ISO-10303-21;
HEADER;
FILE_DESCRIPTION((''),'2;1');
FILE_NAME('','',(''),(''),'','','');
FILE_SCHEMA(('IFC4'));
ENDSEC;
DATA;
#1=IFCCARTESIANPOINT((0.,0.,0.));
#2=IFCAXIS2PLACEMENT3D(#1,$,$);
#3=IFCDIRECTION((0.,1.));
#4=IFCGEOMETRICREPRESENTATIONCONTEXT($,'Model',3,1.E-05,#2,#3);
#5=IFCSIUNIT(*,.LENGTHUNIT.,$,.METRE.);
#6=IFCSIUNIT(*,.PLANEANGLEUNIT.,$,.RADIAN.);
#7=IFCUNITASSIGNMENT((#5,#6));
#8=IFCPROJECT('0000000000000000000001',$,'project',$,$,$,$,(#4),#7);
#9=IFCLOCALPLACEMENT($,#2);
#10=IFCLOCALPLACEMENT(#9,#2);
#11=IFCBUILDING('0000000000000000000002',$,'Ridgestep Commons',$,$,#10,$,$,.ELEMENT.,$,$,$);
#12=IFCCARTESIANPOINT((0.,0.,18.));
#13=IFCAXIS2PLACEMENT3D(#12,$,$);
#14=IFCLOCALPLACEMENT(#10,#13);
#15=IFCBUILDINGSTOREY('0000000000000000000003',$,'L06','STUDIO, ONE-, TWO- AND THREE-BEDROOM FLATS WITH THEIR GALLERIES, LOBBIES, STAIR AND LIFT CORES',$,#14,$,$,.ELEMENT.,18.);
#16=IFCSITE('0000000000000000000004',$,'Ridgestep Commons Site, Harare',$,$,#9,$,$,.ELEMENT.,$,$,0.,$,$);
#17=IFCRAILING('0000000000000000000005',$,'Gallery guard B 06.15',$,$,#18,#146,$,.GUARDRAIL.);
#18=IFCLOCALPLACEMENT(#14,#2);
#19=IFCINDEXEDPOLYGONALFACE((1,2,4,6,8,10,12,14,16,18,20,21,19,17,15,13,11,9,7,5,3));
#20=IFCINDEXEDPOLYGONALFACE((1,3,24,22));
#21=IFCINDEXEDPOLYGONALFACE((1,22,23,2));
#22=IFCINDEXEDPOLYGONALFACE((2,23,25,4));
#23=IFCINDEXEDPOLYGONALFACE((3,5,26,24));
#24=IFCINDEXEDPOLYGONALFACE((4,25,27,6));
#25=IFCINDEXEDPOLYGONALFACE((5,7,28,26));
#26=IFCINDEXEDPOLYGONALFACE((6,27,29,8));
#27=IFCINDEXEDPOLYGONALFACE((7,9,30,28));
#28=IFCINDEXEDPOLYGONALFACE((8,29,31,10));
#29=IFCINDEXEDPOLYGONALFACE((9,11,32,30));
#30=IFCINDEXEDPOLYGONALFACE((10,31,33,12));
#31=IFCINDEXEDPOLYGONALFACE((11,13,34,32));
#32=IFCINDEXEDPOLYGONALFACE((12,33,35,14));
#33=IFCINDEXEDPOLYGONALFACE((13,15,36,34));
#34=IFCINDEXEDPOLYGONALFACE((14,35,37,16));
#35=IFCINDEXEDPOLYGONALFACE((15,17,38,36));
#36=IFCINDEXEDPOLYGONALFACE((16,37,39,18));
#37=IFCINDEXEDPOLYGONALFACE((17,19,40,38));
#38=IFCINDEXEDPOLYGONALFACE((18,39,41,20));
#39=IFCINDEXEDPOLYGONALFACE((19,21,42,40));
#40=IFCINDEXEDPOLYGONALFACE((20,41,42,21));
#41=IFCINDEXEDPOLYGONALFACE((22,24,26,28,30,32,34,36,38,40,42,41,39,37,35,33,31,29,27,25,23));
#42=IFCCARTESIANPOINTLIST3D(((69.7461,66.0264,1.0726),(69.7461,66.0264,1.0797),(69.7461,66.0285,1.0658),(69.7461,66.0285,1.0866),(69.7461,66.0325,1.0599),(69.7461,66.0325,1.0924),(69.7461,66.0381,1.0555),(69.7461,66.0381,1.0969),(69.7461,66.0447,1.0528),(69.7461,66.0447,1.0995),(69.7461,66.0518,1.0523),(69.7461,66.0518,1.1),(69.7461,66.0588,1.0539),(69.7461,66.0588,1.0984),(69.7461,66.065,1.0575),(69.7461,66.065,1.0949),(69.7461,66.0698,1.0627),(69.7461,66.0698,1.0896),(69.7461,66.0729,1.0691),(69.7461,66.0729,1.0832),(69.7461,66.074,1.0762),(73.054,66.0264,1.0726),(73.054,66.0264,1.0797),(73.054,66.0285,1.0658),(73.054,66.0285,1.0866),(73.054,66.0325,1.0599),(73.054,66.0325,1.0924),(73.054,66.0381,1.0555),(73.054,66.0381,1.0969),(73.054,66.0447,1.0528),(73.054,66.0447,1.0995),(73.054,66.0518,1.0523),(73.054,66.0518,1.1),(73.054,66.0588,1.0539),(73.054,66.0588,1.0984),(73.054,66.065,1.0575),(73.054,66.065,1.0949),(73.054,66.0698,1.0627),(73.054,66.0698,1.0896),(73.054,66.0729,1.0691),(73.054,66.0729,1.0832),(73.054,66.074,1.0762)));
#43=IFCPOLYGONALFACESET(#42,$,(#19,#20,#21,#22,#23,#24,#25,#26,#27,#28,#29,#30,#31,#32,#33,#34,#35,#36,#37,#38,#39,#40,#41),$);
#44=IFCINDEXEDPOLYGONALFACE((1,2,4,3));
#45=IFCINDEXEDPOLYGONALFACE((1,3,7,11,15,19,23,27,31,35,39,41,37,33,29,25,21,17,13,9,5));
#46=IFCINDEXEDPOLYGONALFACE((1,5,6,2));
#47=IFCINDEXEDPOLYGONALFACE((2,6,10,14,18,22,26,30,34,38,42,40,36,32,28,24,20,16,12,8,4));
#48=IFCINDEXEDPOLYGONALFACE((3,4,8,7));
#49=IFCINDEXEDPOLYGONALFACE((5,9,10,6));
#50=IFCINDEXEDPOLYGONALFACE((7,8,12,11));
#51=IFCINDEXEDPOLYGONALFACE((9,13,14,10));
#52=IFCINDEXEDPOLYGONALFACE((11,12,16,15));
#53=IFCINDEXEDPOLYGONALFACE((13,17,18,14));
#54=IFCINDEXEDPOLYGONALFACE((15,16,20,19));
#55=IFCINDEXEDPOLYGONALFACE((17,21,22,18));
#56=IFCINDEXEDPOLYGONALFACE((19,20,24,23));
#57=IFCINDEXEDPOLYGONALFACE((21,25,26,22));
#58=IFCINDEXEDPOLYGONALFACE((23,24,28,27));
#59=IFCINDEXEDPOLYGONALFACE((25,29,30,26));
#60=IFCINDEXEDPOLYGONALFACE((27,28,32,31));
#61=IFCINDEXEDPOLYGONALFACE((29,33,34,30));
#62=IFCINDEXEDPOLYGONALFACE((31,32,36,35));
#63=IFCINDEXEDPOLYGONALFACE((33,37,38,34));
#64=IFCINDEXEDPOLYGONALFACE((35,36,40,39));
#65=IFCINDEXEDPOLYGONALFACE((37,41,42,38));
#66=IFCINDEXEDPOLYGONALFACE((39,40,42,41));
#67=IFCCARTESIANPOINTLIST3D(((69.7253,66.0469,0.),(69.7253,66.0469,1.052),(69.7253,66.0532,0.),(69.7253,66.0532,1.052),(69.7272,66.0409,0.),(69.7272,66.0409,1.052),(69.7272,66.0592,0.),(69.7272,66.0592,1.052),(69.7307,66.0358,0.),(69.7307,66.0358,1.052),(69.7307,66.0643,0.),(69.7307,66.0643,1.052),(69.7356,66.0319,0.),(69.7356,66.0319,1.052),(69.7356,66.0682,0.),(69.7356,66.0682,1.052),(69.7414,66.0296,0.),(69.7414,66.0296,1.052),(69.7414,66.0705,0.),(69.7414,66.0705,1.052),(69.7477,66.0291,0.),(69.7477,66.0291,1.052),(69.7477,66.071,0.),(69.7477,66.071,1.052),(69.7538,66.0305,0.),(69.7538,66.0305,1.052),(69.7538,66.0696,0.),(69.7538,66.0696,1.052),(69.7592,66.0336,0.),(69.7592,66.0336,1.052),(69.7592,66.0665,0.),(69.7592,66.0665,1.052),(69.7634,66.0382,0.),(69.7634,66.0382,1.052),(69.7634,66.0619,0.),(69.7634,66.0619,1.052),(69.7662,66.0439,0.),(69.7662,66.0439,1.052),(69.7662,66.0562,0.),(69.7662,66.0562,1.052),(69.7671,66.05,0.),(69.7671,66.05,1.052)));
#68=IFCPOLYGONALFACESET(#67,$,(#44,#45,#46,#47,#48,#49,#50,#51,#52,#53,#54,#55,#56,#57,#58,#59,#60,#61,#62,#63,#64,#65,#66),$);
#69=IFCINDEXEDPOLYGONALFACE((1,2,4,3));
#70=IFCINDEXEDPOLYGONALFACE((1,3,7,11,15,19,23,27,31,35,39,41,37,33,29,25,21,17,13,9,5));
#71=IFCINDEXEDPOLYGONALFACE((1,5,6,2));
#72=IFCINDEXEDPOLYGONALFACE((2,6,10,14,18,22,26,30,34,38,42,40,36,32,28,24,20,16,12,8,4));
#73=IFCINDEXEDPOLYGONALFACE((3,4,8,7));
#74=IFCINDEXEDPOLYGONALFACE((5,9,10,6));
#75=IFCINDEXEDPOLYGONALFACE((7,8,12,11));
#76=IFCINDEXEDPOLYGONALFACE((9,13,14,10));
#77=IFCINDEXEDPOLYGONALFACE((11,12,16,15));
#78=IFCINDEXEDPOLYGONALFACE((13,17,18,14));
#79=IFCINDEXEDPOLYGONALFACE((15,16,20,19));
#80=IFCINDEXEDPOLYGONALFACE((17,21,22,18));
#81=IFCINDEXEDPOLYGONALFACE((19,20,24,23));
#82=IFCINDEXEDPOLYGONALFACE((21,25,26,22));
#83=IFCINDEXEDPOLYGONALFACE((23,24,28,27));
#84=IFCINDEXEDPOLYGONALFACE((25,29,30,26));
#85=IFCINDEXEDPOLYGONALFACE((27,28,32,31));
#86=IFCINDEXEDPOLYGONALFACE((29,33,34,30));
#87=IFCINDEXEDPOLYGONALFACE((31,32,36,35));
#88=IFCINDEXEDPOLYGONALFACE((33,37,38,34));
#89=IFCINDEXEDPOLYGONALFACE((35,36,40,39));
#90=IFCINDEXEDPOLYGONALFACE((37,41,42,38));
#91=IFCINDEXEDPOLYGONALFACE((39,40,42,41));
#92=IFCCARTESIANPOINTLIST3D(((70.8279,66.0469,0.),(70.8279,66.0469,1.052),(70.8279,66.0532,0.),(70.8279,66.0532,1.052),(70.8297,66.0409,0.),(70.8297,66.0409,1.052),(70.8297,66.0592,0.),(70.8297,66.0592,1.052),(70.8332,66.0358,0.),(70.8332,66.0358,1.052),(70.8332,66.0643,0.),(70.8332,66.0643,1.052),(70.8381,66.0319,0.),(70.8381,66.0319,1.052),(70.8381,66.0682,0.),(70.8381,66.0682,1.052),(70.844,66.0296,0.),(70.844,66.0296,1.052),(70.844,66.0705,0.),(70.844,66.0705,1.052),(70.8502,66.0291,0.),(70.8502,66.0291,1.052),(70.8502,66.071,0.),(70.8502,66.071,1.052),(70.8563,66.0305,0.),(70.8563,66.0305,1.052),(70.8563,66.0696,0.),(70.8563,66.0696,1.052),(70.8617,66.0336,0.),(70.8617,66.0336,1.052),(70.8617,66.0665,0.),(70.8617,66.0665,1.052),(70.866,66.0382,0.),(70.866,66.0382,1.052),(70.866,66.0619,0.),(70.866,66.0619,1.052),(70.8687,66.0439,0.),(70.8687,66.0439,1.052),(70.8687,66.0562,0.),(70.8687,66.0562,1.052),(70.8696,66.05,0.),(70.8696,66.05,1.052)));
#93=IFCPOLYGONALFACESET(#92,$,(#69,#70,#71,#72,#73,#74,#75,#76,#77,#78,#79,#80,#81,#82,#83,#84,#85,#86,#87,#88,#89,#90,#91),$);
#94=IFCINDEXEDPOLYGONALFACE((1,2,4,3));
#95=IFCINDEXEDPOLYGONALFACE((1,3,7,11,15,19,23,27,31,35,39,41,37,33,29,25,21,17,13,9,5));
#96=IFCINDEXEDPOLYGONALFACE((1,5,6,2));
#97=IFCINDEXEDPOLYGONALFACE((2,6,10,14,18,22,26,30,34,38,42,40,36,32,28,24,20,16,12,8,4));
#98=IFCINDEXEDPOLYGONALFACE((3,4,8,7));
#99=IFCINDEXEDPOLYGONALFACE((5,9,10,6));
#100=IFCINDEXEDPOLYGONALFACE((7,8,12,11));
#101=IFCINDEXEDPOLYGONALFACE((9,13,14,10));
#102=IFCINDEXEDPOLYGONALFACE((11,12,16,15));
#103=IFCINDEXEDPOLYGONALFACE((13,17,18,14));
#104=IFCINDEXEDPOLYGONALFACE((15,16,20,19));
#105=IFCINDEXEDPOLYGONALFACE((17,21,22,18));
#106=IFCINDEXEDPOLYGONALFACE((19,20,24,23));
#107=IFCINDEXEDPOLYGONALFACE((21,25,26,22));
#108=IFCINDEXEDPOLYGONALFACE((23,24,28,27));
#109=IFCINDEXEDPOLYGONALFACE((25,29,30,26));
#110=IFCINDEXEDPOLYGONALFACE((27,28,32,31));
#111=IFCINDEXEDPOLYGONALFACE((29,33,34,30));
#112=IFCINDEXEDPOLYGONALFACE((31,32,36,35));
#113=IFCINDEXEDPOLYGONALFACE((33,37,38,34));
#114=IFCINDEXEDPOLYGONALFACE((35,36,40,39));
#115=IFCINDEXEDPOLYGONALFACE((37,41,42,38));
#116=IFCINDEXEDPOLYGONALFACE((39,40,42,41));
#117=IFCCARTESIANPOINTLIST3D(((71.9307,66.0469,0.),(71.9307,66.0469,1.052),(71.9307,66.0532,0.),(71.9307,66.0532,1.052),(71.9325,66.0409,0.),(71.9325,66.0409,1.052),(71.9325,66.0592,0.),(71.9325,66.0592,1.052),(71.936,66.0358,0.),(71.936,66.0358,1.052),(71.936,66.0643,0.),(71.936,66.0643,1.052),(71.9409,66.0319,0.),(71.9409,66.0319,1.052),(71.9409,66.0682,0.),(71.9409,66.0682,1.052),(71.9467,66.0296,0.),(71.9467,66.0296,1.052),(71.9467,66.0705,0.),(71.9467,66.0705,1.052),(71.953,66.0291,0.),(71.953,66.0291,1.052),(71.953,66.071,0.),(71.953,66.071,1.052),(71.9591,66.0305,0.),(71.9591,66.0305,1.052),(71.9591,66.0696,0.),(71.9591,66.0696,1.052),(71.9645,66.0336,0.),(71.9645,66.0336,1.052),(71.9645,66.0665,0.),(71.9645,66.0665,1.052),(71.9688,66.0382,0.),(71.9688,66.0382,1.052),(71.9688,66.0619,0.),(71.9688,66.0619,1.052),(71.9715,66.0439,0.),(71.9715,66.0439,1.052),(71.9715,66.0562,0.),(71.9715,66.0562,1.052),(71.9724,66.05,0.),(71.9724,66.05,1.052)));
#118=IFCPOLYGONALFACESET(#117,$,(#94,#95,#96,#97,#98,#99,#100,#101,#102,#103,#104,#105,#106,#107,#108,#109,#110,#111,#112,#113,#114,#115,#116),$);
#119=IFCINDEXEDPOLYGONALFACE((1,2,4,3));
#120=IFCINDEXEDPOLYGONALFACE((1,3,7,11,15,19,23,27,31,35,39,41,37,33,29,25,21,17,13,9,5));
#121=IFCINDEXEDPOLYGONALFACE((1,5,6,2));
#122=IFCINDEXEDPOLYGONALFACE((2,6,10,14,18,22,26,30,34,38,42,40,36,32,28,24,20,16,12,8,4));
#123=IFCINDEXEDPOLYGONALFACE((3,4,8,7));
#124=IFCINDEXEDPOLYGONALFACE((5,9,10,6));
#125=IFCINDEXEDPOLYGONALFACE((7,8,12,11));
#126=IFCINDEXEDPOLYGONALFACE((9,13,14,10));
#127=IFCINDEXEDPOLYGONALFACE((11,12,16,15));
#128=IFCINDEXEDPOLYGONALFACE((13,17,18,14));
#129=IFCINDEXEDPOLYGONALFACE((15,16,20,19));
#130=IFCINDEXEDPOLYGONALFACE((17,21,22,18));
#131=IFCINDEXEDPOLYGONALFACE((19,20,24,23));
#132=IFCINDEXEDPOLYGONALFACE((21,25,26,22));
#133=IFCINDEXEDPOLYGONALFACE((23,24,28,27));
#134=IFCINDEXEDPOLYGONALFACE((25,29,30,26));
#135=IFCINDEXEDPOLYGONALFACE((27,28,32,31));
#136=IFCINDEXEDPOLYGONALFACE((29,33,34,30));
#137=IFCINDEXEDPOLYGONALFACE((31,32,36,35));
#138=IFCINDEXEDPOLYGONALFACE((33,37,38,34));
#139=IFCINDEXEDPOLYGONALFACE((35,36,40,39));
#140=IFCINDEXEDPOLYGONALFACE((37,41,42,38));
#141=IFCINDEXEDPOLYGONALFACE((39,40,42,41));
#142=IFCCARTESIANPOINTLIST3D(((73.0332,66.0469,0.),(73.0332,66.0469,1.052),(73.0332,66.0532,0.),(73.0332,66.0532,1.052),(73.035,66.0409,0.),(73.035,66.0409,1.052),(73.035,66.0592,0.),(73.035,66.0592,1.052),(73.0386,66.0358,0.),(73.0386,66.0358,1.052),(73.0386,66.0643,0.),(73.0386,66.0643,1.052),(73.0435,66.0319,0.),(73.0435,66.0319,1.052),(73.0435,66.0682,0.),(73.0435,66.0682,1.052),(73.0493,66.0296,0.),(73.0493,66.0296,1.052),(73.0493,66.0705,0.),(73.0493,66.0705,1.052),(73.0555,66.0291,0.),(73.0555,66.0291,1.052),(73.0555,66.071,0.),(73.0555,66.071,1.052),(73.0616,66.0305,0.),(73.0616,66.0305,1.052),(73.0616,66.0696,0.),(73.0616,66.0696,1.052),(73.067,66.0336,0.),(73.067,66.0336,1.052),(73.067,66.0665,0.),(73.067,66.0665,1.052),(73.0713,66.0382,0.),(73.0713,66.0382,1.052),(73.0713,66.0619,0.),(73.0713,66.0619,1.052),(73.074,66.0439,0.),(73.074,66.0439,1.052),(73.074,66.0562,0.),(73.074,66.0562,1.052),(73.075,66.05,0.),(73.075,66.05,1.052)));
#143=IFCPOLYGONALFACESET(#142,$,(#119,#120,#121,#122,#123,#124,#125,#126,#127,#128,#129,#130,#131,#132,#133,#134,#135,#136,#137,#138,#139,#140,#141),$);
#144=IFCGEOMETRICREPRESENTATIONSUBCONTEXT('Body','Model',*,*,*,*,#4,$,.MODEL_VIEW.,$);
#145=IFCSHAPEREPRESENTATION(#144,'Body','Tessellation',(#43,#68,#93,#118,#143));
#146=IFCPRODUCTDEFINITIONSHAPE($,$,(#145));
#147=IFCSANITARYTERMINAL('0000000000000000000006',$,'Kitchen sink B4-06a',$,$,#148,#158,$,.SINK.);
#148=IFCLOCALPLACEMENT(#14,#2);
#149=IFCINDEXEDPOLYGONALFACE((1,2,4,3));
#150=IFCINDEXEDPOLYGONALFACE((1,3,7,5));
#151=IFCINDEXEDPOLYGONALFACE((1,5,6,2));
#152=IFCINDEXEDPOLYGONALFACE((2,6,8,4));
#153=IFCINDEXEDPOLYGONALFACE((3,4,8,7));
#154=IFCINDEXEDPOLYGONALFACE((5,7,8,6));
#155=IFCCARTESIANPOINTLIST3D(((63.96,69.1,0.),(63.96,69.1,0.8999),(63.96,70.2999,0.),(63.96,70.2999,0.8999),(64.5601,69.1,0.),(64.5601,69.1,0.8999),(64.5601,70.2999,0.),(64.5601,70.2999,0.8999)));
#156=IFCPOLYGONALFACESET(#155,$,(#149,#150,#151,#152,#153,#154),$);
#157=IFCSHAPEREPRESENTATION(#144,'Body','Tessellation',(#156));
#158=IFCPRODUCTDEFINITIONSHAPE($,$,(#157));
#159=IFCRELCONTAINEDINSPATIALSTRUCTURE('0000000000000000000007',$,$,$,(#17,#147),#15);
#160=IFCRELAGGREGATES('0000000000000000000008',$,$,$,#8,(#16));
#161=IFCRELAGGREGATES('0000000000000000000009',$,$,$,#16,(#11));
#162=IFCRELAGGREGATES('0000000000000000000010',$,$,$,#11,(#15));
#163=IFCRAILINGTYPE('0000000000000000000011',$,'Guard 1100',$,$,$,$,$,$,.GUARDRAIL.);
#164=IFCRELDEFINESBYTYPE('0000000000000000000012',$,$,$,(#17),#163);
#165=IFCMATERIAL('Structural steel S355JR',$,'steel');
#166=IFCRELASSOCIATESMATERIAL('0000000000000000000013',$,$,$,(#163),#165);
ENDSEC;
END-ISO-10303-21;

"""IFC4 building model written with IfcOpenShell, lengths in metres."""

from ifc_helpers import new_model, si_unit, direction, frame, origin, origin_2d, place, context, subcontext, project, spatial, rectangle, circle, extrude, material, type_object, element, save


model = new_model("IFC4")

# Units and contexts
model_context = context("Model", 3, precision=1e-05, world=origin(), true_north=direction((0.0, 1.0)))
body_context = subcontext(model_context, "Body", "Model", "MODEL_VIEW")
ifc_project = project(units=[si_unit("LENGTHUNIT", "METRE"), si_unit("PLANEANGLEUNIT", "RADIAN")], contexts=[model_context])

# Site, building, storey
site_placement = place(None, origin())
site = spatial("IfcSite", under=ifc_project, at=site_placement, Name="Ridgestep Commons Site, Harare", CompositionType="ELEMENT", RefElevation=0.0)
building_placement = place(site_placement, origin())
building = spatial("IfcBuilding", under=site, at=building_placement, Name="Ridgestep Commons", CompositionType="ELEMENT")
storey_placement = place(building_placement, frame((0.0, 0.0, 18.0)))
storey = spatial("IfcBuildingStorey", under=building, at=storey_placement, Name="L06", Description="STUDIO, ONE-, TWO- AND THREE-BEDROOM FLATS WITH THEIR GALLERIES, LOBBIES, STAIR AND LIFT CORES", CompositionType="ELEMENT", Elevation=18.0)

# Railing
ifc_material_1 = material(Name="Structural steel S355JR", Category="steel")
railing_type = type_object("IfcRailingType", Name="Guard 1100", PredefinedType="GUARDRAIL", material=ifc_material_1)
railing_1_placement = place(storey_placement, frame((69.7461, 66.05, 0.0)))
element("IfcRailing", 1, at=railing_1_placement, inside=storey, type_object=railing_type, Name="Gallery guard B 06.15", PredefinedType="GUARDRAIL", context=body_context, shape_type="SweptSolid", body=[
    extrude(circle(Radius=0.0239, at=origin_2d()), frame((0.0, 0.0, 1.0762), z_axis=(1.0, 0.0, 0.0), x_axis=(0.0, 1.0, 0.0)), (0.0, 0.0, 1.0), 3.3079),
    extrude(circle(Radius=0.021, at=origin_2d()), origin(), (0.0, 0.0, 1.0), 1.052),
    extrude(circle(Radius=0.021, at=origin_2d()), frame((1.1025, 0.0, 0.0)), (0.0, 0.0, 1.0), 1.052),
    extrude(circle(Radius=0.021, at=origin_2d()), frame((2.2053, 0.0, 0.0)), (0.0, 0.0, 1.0), 1.052),
    extrude(circle(Radius=0.021, at=origin_2d()), frame((3.3079, 0.0, 0.0)), (0.0, 0.0, 1.0), 1.052),
])

# Sanitary terminal
sanitary_terminal_placement = place(storey_placement, frame((64.26, 69.7, 0.0), z_axis=(0.0, 0.0, 1.0), x_axis=(1.0, 0.0, 0.0)))
element("IfcSanitaryTerminal", 2, at=sanitary_terminal_placement, inside=storey, Name="Kitchen sink B4-06a", PredefinedType="SINK", context=body_context, shape_type="SweptSolid", body=[
    extrude(rectangle(XDim=0.6001, YDim=1.2, at=origin_2d()), origin(), (0.0, 0.0, 1.0), 0.8999),
])

save(model, "model.ifc")
